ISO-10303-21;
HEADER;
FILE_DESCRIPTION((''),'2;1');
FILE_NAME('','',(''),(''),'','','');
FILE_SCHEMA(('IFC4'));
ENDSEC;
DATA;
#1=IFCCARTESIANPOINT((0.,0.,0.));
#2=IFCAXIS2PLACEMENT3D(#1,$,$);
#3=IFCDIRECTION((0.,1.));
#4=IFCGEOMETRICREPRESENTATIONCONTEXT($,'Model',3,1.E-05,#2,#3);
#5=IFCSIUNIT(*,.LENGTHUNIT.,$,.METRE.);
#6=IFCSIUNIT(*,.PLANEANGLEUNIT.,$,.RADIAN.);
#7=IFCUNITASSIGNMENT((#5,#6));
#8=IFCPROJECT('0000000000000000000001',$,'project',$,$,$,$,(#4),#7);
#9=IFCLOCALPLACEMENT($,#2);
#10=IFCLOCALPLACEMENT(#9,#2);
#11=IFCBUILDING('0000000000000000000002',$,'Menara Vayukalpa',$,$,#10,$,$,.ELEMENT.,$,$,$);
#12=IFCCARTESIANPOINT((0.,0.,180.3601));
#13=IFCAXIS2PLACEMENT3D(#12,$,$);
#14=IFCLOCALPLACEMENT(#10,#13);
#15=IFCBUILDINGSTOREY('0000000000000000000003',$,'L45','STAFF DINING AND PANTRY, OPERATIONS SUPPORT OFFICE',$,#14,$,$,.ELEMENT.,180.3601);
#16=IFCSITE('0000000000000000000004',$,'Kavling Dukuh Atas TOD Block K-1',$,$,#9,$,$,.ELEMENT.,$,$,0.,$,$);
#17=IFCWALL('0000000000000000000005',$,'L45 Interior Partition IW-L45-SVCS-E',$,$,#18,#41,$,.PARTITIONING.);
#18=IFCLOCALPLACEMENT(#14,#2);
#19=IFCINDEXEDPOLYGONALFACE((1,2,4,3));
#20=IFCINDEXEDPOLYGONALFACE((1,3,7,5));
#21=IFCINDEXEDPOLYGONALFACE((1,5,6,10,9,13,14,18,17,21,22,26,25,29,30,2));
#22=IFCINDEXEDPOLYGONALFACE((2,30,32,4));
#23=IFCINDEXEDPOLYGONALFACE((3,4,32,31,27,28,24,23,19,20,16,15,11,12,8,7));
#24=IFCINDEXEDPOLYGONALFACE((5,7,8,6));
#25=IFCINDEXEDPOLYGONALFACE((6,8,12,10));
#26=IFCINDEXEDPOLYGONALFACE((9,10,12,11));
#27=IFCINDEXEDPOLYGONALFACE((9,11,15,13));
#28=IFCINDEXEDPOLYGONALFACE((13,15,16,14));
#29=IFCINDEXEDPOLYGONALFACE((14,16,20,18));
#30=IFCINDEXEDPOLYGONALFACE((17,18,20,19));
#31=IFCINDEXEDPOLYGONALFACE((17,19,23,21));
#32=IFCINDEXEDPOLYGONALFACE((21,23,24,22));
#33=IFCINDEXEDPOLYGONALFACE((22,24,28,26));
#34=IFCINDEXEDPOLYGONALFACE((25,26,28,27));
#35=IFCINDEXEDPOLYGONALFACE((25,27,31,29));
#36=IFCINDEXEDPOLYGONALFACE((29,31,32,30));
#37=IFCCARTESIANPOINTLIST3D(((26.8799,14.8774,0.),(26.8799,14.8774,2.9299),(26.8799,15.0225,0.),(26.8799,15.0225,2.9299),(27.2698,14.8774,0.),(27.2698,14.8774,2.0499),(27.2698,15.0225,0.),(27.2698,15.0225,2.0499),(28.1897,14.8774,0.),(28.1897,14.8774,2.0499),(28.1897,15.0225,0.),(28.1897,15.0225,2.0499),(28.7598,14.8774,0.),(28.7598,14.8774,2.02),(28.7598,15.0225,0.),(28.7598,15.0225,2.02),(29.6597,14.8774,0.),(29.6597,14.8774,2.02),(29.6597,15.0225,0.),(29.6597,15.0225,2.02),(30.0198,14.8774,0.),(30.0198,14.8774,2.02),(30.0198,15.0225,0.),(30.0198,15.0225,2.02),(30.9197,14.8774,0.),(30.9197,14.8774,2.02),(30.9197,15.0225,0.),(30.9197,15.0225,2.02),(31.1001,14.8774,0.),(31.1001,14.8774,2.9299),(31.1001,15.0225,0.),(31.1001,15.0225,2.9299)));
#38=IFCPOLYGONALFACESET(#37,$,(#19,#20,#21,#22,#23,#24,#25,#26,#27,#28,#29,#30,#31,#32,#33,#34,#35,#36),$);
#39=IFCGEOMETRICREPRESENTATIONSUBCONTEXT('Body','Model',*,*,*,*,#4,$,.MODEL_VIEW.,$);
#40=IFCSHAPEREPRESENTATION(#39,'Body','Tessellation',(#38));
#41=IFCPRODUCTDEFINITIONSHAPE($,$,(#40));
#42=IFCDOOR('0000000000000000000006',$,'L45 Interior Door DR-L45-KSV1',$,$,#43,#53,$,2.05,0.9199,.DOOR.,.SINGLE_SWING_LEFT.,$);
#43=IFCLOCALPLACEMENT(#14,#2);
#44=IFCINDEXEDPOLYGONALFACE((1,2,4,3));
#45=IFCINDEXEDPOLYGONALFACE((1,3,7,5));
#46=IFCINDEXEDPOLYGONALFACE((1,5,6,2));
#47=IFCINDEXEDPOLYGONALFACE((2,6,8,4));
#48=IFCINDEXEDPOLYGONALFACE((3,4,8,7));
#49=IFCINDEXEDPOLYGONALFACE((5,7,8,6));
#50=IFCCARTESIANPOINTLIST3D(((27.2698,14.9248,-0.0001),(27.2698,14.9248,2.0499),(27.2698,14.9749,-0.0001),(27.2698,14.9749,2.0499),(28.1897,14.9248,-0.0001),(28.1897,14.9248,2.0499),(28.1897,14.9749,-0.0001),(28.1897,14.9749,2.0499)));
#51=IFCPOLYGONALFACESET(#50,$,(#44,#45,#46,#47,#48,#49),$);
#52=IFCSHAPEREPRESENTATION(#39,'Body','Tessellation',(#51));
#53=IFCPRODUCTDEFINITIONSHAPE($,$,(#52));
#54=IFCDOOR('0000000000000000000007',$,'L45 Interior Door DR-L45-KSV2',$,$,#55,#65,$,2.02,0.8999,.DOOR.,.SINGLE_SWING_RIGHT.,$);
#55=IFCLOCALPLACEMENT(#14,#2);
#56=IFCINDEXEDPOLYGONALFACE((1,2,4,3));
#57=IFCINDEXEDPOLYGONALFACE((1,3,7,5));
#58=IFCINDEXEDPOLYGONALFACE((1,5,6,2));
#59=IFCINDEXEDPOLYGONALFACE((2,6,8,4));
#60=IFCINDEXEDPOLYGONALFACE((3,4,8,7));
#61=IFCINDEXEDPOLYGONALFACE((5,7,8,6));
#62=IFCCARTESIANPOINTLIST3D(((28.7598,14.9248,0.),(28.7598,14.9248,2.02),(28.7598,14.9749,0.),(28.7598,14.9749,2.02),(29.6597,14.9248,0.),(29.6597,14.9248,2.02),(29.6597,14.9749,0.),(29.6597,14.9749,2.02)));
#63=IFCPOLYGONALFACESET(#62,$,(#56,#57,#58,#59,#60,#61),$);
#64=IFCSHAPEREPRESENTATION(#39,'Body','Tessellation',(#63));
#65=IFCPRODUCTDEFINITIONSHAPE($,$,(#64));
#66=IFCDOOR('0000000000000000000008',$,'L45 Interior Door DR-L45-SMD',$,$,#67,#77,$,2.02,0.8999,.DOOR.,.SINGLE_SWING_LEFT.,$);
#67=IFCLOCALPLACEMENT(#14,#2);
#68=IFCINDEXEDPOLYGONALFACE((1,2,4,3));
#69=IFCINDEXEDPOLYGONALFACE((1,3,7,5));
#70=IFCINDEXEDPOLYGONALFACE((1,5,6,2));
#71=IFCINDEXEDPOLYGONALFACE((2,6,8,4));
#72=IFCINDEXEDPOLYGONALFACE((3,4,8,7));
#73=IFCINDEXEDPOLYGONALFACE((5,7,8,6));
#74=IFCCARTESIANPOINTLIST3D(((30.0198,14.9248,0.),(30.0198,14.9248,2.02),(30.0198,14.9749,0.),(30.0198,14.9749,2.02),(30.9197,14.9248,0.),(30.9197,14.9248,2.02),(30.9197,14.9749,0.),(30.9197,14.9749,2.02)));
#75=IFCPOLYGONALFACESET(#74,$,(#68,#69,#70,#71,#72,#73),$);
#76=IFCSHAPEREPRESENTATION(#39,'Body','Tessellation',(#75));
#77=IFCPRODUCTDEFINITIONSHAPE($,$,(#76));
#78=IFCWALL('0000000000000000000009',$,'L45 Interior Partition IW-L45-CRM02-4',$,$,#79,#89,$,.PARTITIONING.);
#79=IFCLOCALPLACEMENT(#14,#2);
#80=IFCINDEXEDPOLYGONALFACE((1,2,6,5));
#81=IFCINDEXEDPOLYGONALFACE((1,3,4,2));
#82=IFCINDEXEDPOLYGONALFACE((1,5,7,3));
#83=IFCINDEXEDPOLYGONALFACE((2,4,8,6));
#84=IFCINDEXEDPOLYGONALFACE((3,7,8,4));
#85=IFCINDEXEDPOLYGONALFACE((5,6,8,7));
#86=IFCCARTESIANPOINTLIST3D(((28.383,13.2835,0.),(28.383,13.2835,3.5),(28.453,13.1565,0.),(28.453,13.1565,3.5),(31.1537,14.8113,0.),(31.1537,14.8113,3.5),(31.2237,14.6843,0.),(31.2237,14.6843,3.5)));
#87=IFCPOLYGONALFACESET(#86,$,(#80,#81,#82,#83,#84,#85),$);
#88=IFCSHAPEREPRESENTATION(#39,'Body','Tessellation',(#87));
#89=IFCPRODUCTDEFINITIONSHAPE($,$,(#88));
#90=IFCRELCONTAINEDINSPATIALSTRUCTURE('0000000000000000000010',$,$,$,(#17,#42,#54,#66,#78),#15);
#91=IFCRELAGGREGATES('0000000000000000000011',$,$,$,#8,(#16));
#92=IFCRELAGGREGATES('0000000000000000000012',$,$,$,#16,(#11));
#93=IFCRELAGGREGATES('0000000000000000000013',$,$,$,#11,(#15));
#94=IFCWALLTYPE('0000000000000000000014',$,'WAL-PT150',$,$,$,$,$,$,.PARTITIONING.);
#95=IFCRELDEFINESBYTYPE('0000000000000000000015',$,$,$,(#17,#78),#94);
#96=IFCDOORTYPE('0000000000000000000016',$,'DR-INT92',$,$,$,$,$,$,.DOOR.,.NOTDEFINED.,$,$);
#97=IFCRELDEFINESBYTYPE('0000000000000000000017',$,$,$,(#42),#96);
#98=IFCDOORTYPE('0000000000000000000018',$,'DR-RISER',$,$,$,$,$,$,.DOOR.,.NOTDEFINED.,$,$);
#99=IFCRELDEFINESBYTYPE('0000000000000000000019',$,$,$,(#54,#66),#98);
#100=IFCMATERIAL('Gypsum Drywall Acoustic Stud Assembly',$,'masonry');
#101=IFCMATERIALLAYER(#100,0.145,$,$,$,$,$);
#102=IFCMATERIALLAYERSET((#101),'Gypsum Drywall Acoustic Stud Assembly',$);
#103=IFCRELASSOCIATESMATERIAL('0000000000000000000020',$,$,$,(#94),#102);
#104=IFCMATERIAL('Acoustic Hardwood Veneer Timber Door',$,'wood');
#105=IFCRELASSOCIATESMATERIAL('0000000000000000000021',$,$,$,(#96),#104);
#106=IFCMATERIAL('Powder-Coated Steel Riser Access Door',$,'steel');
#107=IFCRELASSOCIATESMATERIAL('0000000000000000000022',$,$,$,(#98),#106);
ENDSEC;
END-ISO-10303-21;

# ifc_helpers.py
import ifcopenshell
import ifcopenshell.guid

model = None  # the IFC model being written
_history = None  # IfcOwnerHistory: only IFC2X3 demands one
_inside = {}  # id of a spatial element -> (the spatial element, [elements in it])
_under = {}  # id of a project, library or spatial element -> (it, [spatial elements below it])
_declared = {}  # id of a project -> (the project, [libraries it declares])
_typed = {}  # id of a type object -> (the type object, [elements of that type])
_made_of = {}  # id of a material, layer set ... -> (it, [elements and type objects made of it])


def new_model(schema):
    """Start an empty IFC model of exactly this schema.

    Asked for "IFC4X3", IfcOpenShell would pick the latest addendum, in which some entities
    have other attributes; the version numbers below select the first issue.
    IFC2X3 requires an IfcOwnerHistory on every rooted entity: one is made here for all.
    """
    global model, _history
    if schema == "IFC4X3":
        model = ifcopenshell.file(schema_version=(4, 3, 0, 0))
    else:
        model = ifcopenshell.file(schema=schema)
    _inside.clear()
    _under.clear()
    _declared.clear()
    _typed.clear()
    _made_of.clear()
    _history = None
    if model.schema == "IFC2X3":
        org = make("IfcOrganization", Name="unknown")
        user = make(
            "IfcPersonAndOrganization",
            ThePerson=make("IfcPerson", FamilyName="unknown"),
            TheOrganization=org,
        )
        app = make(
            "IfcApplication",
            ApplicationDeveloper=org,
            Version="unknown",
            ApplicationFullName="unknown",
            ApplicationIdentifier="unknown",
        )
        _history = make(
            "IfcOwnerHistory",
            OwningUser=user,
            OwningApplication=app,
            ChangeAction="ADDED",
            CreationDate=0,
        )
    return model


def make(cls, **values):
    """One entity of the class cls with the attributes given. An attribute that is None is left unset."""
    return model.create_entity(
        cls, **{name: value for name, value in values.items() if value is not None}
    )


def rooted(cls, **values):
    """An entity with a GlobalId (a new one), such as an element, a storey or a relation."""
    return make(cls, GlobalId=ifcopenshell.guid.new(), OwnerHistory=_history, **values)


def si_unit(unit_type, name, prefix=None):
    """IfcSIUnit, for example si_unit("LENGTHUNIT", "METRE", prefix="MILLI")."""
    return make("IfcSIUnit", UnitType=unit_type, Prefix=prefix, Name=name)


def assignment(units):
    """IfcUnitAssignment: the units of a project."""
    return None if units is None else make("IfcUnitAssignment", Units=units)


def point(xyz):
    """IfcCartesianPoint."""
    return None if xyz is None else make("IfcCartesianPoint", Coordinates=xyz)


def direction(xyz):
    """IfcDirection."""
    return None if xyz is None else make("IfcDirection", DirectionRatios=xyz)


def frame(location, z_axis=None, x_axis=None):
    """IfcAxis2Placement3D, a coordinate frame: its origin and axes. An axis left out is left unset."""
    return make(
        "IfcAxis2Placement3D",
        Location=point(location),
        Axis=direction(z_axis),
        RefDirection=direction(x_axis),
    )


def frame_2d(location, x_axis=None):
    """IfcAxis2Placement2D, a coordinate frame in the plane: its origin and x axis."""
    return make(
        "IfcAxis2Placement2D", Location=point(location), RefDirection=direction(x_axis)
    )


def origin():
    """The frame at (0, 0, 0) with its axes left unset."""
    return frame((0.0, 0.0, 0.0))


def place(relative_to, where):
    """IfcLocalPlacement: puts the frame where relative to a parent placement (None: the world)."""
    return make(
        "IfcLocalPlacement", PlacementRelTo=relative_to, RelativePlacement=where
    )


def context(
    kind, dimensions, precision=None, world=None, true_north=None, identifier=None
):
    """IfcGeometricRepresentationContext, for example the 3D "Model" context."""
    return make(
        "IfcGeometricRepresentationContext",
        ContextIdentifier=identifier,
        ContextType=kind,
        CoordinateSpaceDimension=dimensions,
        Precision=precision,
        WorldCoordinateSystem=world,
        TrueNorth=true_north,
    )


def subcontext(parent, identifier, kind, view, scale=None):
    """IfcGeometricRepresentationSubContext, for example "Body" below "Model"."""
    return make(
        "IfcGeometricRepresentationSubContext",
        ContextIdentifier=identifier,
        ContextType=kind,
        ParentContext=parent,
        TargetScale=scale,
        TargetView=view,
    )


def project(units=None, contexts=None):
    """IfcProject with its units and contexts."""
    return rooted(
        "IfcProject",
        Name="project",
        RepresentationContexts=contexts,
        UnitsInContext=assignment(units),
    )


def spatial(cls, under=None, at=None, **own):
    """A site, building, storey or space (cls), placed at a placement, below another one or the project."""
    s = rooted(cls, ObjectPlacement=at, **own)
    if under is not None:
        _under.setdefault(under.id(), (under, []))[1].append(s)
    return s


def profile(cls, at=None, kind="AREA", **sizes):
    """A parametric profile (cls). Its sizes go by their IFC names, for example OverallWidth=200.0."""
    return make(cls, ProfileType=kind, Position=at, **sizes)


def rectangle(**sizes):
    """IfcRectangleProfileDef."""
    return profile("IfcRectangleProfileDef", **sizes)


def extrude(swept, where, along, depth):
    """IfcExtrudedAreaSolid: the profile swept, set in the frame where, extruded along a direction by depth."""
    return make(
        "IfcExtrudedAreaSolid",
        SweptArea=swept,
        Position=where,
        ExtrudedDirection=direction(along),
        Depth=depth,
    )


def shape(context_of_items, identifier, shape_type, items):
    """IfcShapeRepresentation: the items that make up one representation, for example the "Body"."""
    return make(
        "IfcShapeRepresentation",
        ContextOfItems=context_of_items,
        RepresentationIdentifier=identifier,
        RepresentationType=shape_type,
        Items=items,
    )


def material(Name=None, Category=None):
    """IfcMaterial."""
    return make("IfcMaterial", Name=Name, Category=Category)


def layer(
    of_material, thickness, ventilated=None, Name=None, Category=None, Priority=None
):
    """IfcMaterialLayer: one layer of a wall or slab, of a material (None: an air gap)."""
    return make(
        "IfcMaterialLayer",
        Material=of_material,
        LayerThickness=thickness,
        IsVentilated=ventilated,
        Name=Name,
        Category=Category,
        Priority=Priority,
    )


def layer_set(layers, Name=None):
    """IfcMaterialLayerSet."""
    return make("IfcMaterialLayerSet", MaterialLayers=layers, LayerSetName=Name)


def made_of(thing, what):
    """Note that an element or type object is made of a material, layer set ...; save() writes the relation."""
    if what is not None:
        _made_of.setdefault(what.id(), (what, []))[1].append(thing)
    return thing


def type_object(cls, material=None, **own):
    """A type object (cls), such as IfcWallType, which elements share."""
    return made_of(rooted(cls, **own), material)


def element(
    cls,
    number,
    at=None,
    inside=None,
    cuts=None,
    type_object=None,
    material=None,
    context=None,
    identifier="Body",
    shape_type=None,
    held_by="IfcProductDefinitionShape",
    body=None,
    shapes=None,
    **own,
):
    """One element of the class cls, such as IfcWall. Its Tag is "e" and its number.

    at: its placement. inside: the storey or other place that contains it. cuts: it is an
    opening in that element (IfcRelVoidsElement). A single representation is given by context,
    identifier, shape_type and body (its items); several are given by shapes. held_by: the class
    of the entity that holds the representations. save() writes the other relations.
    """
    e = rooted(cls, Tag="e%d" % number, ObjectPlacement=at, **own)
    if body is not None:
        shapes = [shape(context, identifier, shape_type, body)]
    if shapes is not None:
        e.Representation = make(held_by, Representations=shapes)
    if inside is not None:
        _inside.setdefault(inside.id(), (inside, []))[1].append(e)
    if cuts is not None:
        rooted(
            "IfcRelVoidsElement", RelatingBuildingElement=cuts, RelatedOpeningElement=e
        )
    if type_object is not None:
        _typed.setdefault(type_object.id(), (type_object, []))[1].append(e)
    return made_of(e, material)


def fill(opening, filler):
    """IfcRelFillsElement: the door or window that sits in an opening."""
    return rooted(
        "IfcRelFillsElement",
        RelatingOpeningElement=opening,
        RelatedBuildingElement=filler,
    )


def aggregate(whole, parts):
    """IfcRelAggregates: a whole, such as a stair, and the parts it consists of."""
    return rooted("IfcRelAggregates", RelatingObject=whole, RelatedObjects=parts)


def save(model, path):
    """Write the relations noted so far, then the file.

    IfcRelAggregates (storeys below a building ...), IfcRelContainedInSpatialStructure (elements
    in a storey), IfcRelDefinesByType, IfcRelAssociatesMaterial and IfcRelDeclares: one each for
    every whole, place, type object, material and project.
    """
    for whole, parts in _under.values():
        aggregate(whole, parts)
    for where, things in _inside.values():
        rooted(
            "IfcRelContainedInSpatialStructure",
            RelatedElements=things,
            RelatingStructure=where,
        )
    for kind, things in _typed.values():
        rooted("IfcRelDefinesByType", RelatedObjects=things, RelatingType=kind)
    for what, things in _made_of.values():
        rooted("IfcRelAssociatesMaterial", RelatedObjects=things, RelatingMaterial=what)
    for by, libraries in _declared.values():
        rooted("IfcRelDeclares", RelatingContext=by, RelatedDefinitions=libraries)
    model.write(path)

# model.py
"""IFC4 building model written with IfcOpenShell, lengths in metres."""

from ifc_helpers import new_model, si_unit, direction, frame, frame_2d, origin, place, context, subcontext, project, spatial, rectangle, extrude, material, layer, layer_set, type_object, element, fill, save


model = new_model("IFC4")

# Units and contexts
model_context = context("Model", 3, precision=1e-05, world=origin(), true_north=direction((0.0, 1.0)))
body_context = subcontext(model_context, "Body", "Model", "MODEL_VIEW")
ifc_project = project(units=[si_unit("LENGTHUNIT", "METRE"), si_unit("PLANEANGLEUNIT", "RADIAN")], contexts=[model_context])

# Site, building, storey
site_placement = place(None, origin())
site = spatial("IfcSite", under=ifc_project, at=site_placement, Name="Kavling Dukuh Atas TOD Block K-1", CompositionType="ELEMENT", RefElevation=0.0)
building_placement = place(site_placement, origin())
building = spatial("IfcBuilding", under=site, at=building_placement, Name="Menara Vayukalpa", CompositionType="ELEMENT")
storey_placement = place(building_placement, frame((0.0, 0.0, 180.3601)))
storey = spatial("IfcBuildingStorey", under=building, at=storey_placement, Name="L45", Description="STAFF DINING AND PANTRY, OPERATIONS SUPPORT OFFICE", CompositionType="ELEMENT", Elevation=180.3601)

# Wall, openings, doors
ifc_material_1 = material(Name="Gypsum Drywall Acoustic Stud Assembly", Category="masonry")
ifc_layer_1 = layer(ifc_material_1, 0.145)
ifc_layer_set_1 = layer_set([ifc_layer_1], Name="Gypsum Drywall Acoustic Stud Assembly")
wall_type_1 = type_object("IfcWallType", Name="WAL-PT150", PredefinedType="PARTITIONING", material=ifc_layer_set_1)
wall_1_placement = place(storey_placement, frame((26.8799, 14.95, 0.0), z_axis=(0.0, 0.0, 1.0), x_axis=(1.0, 0.0, 0.0)))
wall_1 = element("IfcWall", 1, at=wall_1_placement, inside=storey, type_object=wall_type_1, Name="L45 Interior Partition IW-L45-SVCS-E", PredefinedType="PARTITIONING", context=body_context, shape_type="SweptSolid", body=[
    extrude(rectangle(XDim=4.2202, YDim=0.145, at=frame_2d((2.1101, 0.0))), origin(), (0.0, 0.0, 1.0), 2.9299),
])
opening_1_placement = place(wall_1_placement, frame((0.3899, 0.0, 0.0)))
opening_1 = element("IfcOpeningElement", 2, at=opening_1_placement, cuts=wall_1, PredefinedType="OPENING", context=body_context, shape_type="SweptSolid", body=[
    extrude(rectangle(XDim=0.9199, YDim=2.05, at=frame_2d((0.46, 1.0249))), frame((0.0, 0.0825, 0.0), z_axis=(0.0, -1.0, 0.0), x_axis=(1.0, 0.0, 0.0)), (0.0, 0.0, 1.0), 0.165),
])
opening_2_placement = place(wall_1_placement, frame((1.8799, 0.0, 0.0)))
opening_2 = element("IfcOpeningElement", 3, at=opening_2_placement, cuts=wall_1, PredefinedType="OPENING", context=body_context, shape_type="SweptSolid", body=[
    extrude(rectangle(XDim=0.8999, YDim=2.02, at=frame_2d((0.45, 1.01))), frame((0.0, 0.0825, 0.0), z_axis=(0.0, -1.0, 0.0), x_axis=(1.0, 0.0, 0.0)), (0.0, 0.0, 1.0), 0.165),
])
opening_3_placement = place(wall_1_placement, frame((3.1399, 0.0, 0.0)))
opening_3 = element("IfcOpeningElement", 4, at=opening_3_placement, cuts=wall_1, PredefinedType="OPENING", context=body_context, shape_type="SweptSolid", body=[
    extrude(rectangle(XDim=0.8999, YDim=2.02, at=frame_2d((0.45, 1.01))), frame((0.0, 0.0825, 0.0), z_axis=(0.0, -1.0, 0.0), x_axis=(1.0, 0.0, 0.0)), (0.0, 0.0, 1.0), 0.165),
])
ifc_material_2 = material(Name="Acoustic Hardwood Veneer Timber Door", Category="wood")
door_type_1 = type_object("IfcDoorType", Name="DR-INT92", OperationType="NOTDEFINED", PredefinedType="DOOR", material=ifc_material_2)
door_1_placement = place(opening_1_placement, origin())
door_1 = element("IfcDoor", 5, at=door_1_placement, inside=storey, type_object=door_type_1, Name="L45 Interior Door DR-L45-KSV1", OperationType="SINGLE_SWING_LEFT", OverallHeight=2.05, OverallWidth=0.9199, PredefinedType="DOOR", context=body_context, shape_type="SweptSolid", body=[
    extrude(rectangle(XDim=0.9199, YDim=2.05, at=frame_2d((0.46, 1.0249))), frame((0.0, 0.0249, 0.0), z_axis=(0.0, -1.0, 0.0), x_axis=(1.0, 0.0, 0.0)), (0.0, 0.0, 1.0), 0.05),
])
fill(opening_1, door_1)
ifc_material_3 = material(Name="Powder-Coated Steel Riser Access Door", Category="steel")
door_type_2 = type_object("IfcDoorType", Name="DR-RISER", OperationType="NOTDEFINED", PredefinedType="DOOR", material=ifc_material_3)
door_2_placement = place(opening_2_placement, origin())
door_2 = element("IfcDoor", 6, at=door_2_placement, inside=storey, type_object=door_type_2, Name="L45 Interior Door DR-L45-KSV2", OperationType="SINGLE_SWING_RIGHT", OverallHeight=2.02, OverallWidth=0.8999, PredefinedType="DOOR", context=body_context, shape_type="SweptSolid", body=[
    extrude(rectangle(XDim=0.8999, YDim=2.02, at=frame_2d((0.45, 1.01))), frame((0.0, 0.0249, 0.0), z_axis=(0.0, -1.0, 0.0), x_axis=(1.0, 0.0, 0.0)), (0.0, 0.0, 1.0), 0.05),
])
fill(opening_2, door_2)
door_3_placement = place(opening_3_placement, origin())
door_3 = element("IfcDoor", 7, at=door_3_placement, inside=storey, type_object=door_type_2, Name="L45 Interior Door DR-L45-SMD", OperationType="SINGLE_SWING_LEFT", OverallHeight=2.02, OverallWidth=0.8999, PredefinedType="DOOR", context=body_context, shape_type="SweptSolid", body=[
    extrude(rectangle(XDim=0.8999, YDim=2.02, at=frame_2d((0.45, 1.01))), frame((0.0, 0.0249, 0.0), z_axis=(0.0, -1.0, 0.0), x_axis=(1.0, 0.0, 0.0)), (0.0, 0.0, 1.0), 0.05),
])
fill(opening_3, door_3)

# Wall
wall_2_placement = place(storey_placement, frame((28.418, 13.22, 0.0), z_axis=(0.0, 0.0, 1.0), x_axis=(0.875692, 0.482869, 0.0)))
element("IfcWall", 8, at=wall_2_placement, inside=storey, type_object=wall_type_1, Name="L45 Interior Partition IW-L45-CRM02-4", PredefinedType="PARTITIONING", context=body_context, shape_type="SweptSolid", body=[
    extrude(rectangle(XDim=3.1641, YDim=0.145, at=frame_2d((1.582, 0.0))), origin(), (0.0, 0.0, 1.0), 3.5),
])

save(model, "model.ifc")
